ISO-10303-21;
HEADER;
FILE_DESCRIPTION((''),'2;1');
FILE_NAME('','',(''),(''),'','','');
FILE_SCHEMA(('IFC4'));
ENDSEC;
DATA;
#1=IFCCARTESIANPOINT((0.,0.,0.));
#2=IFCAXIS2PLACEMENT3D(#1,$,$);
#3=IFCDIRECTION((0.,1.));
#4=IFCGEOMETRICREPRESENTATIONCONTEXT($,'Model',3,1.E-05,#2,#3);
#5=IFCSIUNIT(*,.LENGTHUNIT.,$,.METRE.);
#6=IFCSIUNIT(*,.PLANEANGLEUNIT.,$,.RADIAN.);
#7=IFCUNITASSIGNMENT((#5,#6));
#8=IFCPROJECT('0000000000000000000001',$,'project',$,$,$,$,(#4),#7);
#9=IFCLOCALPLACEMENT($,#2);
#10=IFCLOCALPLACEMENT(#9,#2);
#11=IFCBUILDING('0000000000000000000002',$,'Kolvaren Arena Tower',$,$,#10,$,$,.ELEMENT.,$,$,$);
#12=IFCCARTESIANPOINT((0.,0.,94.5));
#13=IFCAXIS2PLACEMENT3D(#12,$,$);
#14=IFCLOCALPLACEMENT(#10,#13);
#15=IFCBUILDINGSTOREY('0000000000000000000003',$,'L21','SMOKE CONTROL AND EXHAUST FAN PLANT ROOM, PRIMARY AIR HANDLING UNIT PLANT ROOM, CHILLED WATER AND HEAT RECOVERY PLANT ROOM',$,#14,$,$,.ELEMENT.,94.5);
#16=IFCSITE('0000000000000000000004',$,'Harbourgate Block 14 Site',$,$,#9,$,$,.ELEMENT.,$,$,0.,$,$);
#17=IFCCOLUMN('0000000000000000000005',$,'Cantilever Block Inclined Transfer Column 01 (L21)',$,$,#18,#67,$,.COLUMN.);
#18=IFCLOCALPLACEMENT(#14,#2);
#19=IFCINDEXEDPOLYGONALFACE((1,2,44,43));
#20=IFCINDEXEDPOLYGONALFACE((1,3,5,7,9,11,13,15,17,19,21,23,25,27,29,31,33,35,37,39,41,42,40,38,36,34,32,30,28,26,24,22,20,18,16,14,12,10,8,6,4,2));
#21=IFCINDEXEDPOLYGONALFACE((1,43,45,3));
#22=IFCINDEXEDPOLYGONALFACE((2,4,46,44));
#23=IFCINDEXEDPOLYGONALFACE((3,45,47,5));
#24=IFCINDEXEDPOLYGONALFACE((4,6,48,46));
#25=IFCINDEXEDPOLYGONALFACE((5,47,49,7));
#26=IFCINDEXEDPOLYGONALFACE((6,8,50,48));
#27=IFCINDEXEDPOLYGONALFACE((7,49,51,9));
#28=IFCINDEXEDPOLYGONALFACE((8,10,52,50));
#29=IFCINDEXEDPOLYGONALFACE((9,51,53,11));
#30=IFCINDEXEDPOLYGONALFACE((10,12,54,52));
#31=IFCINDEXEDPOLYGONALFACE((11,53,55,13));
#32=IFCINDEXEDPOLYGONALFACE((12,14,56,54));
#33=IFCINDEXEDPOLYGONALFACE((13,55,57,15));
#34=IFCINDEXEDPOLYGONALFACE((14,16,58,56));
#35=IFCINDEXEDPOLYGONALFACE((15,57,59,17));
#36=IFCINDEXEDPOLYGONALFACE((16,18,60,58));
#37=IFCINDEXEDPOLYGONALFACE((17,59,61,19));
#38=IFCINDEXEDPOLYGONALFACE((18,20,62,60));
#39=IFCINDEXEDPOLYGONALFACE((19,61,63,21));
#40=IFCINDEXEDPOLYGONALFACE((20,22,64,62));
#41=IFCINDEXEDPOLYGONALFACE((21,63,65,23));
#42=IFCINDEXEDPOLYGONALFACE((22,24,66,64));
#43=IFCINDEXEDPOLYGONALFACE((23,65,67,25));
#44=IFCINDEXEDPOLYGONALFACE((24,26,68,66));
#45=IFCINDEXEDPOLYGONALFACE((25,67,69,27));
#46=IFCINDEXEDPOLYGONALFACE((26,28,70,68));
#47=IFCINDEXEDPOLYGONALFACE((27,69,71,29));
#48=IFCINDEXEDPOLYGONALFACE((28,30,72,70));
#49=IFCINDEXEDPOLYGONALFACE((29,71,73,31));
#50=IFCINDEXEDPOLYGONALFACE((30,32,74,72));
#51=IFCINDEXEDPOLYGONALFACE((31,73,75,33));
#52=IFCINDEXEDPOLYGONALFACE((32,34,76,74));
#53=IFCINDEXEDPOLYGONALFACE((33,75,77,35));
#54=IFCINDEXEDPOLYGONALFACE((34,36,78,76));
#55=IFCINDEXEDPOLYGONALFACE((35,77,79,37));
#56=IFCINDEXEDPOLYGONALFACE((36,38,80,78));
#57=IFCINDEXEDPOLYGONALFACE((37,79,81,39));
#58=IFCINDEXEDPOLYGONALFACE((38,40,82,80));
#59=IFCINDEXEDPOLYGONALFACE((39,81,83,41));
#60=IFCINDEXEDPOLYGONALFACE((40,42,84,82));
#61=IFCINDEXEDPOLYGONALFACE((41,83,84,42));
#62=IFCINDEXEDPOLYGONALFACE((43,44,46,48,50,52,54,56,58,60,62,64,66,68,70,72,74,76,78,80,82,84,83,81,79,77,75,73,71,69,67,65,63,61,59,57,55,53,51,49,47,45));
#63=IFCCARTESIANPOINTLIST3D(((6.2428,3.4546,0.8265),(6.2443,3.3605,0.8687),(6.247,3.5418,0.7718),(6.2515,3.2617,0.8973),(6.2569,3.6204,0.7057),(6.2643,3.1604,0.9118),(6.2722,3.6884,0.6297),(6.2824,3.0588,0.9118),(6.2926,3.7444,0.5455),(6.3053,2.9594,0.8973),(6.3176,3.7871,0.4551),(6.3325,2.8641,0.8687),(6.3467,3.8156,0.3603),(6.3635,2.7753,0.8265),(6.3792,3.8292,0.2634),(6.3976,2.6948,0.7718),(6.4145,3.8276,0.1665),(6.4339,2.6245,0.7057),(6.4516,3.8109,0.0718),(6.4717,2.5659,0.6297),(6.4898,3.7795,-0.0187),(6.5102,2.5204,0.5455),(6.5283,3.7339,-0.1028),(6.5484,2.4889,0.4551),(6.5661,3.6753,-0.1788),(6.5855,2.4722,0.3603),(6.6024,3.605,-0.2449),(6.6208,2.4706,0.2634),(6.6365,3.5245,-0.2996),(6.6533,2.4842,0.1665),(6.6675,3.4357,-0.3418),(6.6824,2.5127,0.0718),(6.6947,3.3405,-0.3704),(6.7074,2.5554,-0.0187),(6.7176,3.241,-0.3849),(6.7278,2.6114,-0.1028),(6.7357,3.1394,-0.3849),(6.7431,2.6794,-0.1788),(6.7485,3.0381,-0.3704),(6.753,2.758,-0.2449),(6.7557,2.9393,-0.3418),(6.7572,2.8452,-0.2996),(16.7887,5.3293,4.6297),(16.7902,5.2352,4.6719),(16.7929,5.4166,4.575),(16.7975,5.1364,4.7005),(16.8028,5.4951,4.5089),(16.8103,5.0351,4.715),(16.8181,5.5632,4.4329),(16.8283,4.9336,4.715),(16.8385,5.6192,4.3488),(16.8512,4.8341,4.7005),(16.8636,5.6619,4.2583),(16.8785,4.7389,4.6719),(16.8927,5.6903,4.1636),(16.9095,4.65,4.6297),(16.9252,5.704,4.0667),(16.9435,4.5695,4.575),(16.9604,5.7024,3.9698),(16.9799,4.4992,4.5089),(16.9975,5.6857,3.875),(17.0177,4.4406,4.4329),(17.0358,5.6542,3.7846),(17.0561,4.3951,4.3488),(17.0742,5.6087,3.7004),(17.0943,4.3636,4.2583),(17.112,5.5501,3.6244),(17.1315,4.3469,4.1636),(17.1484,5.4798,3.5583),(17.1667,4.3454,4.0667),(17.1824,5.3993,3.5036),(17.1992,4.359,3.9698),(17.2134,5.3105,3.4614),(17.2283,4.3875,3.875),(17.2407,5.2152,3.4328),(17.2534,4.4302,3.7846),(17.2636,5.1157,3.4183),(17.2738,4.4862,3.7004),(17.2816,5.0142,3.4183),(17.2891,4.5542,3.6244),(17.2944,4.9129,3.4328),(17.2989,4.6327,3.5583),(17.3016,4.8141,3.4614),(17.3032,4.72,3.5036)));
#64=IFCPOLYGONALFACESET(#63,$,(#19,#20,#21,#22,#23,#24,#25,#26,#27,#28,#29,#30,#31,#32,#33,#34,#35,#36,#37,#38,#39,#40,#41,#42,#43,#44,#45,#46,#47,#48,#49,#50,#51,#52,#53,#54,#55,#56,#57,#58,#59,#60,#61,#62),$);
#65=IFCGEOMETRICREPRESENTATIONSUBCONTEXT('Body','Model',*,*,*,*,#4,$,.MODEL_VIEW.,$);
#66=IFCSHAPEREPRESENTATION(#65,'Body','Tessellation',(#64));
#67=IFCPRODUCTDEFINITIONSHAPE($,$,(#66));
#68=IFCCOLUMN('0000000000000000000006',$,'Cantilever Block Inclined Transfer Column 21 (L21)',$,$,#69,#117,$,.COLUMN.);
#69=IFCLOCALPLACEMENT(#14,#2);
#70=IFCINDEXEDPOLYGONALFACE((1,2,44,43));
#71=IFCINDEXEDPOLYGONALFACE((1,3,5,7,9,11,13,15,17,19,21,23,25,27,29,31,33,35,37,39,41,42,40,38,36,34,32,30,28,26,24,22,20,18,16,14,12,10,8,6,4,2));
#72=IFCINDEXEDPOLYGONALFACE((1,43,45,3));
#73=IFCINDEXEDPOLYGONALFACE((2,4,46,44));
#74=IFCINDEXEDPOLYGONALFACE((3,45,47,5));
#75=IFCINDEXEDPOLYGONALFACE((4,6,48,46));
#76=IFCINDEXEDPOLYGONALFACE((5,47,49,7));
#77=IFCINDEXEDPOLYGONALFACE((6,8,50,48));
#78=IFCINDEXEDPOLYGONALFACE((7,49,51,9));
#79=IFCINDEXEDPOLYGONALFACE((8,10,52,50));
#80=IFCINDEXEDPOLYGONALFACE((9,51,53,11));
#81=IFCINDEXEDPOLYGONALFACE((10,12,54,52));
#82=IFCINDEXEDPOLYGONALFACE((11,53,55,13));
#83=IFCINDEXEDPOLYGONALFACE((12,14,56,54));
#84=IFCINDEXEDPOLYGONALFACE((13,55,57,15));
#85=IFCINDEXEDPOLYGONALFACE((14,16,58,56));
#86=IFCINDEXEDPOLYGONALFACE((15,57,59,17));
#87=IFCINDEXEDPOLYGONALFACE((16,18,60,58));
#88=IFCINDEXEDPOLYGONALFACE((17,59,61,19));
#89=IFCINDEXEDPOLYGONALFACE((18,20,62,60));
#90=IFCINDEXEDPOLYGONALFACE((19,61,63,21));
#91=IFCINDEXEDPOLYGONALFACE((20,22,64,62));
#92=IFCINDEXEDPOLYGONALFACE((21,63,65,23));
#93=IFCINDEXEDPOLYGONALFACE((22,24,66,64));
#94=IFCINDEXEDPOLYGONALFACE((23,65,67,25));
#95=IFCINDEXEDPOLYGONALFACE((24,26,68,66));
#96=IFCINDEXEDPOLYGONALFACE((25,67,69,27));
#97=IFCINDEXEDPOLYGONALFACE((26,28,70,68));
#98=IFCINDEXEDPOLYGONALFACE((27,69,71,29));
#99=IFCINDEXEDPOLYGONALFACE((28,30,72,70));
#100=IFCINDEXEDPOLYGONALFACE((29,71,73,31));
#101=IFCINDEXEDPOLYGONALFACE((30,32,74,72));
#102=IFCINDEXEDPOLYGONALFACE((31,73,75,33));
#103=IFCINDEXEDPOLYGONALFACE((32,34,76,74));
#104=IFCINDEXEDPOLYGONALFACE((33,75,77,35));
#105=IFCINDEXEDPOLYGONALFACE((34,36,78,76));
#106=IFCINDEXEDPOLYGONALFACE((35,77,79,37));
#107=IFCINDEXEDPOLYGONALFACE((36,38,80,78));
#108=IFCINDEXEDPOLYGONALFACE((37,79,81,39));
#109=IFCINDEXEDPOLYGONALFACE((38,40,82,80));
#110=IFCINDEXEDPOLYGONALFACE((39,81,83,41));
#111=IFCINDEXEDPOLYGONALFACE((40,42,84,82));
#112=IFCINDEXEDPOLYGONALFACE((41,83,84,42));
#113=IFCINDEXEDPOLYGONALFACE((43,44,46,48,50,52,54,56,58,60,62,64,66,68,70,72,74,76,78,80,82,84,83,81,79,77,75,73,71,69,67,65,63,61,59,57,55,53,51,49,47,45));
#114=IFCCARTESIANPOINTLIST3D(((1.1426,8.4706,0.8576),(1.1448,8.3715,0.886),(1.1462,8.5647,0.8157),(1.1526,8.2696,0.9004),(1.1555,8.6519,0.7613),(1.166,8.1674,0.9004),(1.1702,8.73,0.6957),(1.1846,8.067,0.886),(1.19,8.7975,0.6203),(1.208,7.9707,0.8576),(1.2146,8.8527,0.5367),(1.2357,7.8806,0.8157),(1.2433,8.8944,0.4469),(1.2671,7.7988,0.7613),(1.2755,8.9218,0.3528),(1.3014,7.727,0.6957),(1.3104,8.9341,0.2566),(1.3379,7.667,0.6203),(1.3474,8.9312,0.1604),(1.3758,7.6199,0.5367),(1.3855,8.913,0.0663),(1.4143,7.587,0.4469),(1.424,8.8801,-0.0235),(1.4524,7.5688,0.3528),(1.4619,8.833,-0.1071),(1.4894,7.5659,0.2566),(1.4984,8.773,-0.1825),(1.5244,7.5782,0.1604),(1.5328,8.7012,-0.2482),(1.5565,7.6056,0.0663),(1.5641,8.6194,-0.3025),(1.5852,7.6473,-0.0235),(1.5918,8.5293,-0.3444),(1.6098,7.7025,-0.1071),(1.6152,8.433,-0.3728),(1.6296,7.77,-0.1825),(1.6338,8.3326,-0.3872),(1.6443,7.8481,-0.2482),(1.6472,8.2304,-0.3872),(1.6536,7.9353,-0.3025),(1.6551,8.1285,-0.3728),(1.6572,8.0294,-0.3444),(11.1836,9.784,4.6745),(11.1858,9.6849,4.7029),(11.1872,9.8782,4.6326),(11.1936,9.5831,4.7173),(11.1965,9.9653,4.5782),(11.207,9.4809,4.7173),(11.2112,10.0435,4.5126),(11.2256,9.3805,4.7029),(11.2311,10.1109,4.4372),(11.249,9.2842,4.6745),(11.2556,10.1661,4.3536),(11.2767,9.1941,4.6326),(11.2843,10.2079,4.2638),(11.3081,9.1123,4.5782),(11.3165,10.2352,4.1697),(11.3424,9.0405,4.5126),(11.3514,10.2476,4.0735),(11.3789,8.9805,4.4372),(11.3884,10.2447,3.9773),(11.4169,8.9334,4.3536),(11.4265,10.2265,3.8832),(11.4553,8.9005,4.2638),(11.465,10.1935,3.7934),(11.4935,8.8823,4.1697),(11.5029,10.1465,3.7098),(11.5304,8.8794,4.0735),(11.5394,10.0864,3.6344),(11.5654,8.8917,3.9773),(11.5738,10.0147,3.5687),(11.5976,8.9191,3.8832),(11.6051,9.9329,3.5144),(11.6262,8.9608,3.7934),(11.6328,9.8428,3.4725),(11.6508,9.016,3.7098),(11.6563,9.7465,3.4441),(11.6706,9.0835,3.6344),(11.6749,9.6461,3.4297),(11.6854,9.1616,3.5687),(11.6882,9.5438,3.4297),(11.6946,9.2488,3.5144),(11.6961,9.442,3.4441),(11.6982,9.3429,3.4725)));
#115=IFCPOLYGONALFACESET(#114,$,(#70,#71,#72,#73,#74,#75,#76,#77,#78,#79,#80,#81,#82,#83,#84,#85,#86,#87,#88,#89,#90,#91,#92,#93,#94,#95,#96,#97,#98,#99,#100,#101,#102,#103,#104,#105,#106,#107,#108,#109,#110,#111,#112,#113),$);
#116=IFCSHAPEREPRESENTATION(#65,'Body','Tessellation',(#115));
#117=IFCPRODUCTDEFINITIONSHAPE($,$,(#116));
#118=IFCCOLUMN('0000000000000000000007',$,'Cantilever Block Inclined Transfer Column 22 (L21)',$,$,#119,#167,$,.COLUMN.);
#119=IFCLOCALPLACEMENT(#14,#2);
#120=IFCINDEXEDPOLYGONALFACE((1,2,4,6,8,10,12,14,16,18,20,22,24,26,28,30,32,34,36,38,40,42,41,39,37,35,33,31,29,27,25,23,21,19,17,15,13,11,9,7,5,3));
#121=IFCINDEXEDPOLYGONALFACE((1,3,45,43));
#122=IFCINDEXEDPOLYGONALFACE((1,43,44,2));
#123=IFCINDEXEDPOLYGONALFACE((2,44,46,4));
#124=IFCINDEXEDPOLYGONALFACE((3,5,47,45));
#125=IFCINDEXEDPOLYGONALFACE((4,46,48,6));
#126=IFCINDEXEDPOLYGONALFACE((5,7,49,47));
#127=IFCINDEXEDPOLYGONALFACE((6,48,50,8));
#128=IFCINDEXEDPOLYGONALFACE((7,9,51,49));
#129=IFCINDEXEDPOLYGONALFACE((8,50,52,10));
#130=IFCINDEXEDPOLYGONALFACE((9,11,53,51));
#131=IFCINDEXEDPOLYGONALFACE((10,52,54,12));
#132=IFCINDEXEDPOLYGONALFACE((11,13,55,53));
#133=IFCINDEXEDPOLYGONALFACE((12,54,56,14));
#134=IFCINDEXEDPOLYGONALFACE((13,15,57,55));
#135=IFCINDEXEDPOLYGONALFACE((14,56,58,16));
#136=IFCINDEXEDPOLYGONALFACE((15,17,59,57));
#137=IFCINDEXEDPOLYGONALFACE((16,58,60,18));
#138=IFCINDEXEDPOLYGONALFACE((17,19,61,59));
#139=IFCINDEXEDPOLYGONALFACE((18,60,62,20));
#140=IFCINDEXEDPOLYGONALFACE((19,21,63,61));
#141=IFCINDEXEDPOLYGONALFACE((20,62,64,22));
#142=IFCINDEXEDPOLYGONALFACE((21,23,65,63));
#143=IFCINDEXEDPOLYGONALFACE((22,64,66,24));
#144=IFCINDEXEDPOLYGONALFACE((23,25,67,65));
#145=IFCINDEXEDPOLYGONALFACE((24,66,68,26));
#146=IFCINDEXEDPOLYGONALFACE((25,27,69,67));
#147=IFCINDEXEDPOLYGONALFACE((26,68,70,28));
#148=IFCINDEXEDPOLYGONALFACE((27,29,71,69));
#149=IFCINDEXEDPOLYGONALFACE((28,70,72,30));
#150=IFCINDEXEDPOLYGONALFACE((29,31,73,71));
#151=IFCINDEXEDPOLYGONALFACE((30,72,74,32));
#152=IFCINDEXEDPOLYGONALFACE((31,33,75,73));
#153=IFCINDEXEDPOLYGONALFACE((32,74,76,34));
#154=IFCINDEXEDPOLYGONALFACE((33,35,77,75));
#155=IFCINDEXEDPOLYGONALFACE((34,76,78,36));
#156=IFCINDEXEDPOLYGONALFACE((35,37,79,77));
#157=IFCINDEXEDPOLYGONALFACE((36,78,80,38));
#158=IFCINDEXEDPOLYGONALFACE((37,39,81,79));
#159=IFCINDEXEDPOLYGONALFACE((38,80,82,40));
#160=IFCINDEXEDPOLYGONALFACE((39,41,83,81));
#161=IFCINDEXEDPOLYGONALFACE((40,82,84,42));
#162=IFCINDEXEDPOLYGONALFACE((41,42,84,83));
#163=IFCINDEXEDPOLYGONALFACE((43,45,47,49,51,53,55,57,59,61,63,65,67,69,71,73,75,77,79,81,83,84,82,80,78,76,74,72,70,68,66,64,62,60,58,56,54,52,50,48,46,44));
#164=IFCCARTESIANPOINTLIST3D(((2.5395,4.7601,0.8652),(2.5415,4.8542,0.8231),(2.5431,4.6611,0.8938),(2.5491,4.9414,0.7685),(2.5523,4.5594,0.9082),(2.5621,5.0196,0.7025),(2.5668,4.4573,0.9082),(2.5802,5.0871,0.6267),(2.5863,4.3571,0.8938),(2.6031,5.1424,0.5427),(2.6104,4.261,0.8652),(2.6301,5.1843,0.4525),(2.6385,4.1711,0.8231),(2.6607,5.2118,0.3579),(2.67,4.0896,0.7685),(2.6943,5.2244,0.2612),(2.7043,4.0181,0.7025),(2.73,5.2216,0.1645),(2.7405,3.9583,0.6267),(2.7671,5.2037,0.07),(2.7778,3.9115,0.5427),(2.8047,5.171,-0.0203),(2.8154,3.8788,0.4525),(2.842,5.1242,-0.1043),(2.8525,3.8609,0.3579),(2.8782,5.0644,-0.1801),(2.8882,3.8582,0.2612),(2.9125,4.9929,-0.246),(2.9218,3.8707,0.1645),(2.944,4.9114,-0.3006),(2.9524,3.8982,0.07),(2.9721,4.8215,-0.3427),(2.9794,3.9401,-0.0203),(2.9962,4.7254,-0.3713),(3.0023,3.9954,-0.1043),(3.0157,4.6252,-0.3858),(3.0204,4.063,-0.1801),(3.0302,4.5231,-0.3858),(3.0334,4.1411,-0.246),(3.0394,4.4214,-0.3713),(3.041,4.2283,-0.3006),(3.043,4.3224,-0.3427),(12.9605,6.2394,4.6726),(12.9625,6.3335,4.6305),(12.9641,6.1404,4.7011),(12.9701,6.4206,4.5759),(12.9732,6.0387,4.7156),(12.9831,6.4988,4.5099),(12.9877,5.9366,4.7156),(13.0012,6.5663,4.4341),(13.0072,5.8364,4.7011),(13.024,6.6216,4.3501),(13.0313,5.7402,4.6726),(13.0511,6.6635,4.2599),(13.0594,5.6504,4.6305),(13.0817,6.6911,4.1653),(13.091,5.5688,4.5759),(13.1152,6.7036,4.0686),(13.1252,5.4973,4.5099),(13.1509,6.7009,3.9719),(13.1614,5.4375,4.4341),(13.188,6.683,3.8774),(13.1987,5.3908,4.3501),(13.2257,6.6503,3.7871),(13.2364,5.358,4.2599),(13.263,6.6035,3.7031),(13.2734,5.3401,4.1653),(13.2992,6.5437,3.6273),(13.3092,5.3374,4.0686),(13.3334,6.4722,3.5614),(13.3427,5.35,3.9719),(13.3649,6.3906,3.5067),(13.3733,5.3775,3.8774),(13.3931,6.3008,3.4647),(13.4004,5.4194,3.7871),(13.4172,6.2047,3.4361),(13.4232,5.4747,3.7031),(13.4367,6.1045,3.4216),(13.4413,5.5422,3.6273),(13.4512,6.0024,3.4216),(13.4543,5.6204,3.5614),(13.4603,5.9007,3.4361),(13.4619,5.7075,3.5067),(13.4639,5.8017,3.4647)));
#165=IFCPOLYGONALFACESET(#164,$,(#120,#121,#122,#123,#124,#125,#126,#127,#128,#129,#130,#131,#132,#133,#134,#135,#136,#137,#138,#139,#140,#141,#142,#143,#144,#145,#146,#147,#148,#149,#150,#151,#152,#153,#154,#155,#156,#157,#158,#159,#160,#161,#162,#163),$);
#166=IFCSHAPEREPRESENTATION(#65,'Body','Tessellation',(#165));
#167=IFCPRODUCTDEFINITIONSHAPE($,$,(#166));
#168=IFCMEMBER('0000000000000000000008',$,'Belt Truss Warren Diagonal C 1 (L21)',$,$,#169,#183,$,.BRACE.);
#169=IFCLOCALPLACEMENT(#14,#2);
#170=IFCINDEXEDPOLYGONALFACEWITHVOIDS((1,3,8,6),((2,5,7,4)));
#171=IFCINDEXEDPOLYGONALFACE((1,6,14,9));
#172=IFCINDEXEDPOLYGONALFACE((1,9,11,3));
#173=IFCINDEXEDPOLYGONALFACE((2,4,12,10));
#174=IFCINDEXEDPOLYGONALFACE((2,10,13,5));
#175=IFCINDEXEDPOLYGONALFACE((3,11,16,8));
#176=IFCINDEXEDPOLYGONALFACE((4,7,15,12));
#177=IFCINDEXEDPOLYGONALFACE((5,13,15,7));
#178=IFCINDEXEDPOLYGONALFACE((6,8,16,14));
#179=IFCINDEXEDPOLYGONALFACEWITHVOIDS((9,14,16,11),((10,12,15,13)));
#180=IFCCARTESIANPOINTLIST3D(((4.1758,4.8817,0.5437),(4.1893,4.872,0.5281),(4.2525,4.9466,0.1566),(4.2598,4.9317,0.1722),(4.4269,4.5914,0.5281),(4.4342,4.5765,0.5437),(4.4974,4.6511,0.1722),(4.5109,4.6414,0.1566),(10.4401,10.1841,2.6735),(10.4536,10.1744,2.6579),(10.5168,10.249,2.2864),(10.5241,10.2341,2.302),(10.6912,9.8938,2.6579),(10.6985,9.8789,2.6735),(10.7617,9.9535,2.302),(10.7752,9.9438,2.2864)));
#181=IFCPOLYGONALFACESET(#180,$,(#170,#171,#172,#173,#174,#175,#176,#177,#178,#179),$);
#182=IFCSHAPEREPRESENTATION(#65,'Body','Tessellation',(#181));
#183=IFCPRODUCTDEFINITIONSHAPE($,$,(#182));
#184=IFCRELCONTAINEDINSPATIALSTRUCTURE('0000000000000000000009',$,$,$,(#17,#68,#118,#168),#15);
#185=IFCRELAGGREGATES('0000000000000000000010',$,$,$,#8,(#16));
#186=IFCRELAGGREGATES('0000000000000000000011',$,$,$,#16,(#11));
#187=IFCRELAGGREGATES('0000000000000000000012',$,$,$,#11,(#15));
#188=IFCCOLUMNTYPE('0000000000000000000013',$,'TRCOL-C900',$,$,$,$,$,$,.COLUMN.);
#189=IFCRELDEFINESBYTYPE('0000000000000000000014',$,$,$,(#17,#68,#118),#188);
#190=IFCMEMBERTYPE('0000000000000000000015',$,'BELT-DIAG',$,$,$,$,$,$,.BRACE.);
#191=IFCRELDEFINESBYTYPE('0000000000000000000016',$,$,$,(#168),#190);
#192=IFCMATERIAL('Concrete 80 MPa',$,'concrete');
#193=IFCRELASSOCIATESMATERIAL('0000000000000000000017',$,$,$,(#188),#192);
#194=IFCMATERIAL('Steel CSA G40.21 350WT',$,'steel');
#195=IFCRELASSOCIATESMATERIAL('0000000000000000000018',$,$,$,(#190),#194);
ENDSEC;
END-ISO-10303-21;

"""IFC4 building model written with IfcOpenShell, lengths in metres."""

from ifc_helpers import new_model, si_unit, direction, frame, origin, origin_2d, place, context, subcontext, project, spatial, hollow_rectangle, circle, extrude, material, material_profile, profile_set, type_object, element, save


model = new_model("IFC4")

# Units and contexts
model_context = context("Model", 3, precision=1e-05, world=origin(), true_north=direction((0.0, 1.0)))
body_context = subcontext(model_context, "Body", "Model", "MODEL_VIEW")
ifc_project = project(units=[si_unit("LENGTHUNIT", "METRE"), si_unit("PLANEANGLEUNIT", "RADIAN")], contexts=[model_context])

# Site, building, storey
site_placement = place(None, origin())
site = spatial("IfcSite", under=ifc_project, at=site_placement, Name="Harbourgate Block 14 Site", CompositionType="ELEMENT", RefElevation=0.0)
building_placement = place(site_placement, origin())
building = spatial("IfcBuilding", under=site, at=building_placement, Name="Kolvaren Arena Tower", CompositionType="ELEMENT")
storey_placement = place(building_placement, frame((0.0, 0.0, 94.5)))
storey = spatial("IfcBuildingStorey", under=building, at=storey_placement, Name="L21", Description="SMOKE CONTROL AND EXHAUST FAN PLANT ROOM, PRIMARY AIR HANDLING UNIT PLANT ROOM, CHILLED WATER AND HEAT RECOVERY PLANT ROOM", CompositionType="ELEMENT", Elevation=94.5)

# Columns
ifc_material_1 = material(Name="Concrete 80 MPa", Category="concrete")
ifc_material_profile_1 = material_profile(ifc_material_1, circle(Radius=0.6899, at=origin_2d()), Name="RC-CIRC-1380")
ifc_profile_set_1 = profile_set([ifc_material_profile_1], Name="Concrete 80 MPa")
column_type = type_object("IfcColumnType", Name="TRCOL-C900", PredefinedType="COLUMN", material=ifc_profile_set_1)
column_1_placement = place(storey_placement, frame((6.5, 3.1499, 0.2634), z_axis=(0.927813, 0.164938, 0.334602), x_axis=(-0.175027, 0.984564, 0.0)))
element("IfcColumn", 1, at=column_1_placement, inside=storey, type_object=column_type, Name="Cantilever Block Inclined Transfer Column 01 (L21)", PredefinedType="COLUMN", context=body_context, shape_type="SweptSolid", body=[
    extrude(circle(Radius=0.6899, at=origin_2d()), origin(), (0.0, 0.0, 1.0), 11.3665),
])
column_2_placement = place(storey_placement, frame((1.3999, 8.25, 0.2566), z_axis=(0.927833, 0.121371, 0.352697), x_axis=(-0.129706, 0.991552, 0.0)))
element("IfcColumn", 2, at=column_2_placement, inside=storey, type_object=column_type, Name="Cantilever Block Inclined Transfer Column 21 (L21)", PredefinedType="COLUMN", context=body_context, shape_type="SweptSolid", body=[
    extrude(circle(Radius=0.6899, at=origin_2d()), origin(), (0.0, 0.0, 1.0), 10.822),
])
column_3_placement = place(storey_placement, frame((2.7913, 4.5413, 0.2612), z_axis=(0.931034, 0.13216, 0.340162), x_axis=(-0.140541, 0.990075, 0.0)))
element("IfcColumn", 3, at=column_3_placement, inside=storey, type_object=column_type, Name="Cantilever Block Inclined Transfer Column 22 (L21)", PredefinedType="COLUMN", context=body_context, shape_type="SweptSolid", body=[
    extrude(circle(Radius=0.6899, at=origin_2d()), origin(), (0.0, 0.0, 1.0), 11.1929),
])

# Member
ifc_material_2 = material(Name="Steel CSA G40.21 350WT", Category="steel")
ifc_material_profile_2 = material_profile(ifc_material_2, hollow_rectangle(XDim=0.3999, YDim=0.3999, WallThickness=0.0161, at=origin_2d()), Name="HSS 400x400x16")
ifc_profile_set_2 = profile_set([ifc_material_profile_2], Name="Steel CSA G40.21 350WT")
member_type = type_object("IfcMemberType", Name="BELT-DIAG", PredefinedType="BRACE", material=ifc_profile_set_2)
member_placement = place(storey_placement, frame((10.6077, 10.064, 2.48), z_axis=(-0.738803, -0.625358, -0.251191), x_axis=(0.646073, -0.763276, 0.0)))
element("IfcMember", 4, at=member_placement, inside=storey, type_object=member_type, Name="Belt Truss Warren Diagonal C 1 (L21)", PredefinedType="BRACE", context=body_context, shape_type="SweptSolid", body=[
    extrude(hollow_rectangle(XDim=0.3999, YDim=0.3999, WallThickness=0.0161, at=origin_2d()), origin(), (0.0, 0.0, 1.0), 8.479),
])

save(model, "model.ifc")
